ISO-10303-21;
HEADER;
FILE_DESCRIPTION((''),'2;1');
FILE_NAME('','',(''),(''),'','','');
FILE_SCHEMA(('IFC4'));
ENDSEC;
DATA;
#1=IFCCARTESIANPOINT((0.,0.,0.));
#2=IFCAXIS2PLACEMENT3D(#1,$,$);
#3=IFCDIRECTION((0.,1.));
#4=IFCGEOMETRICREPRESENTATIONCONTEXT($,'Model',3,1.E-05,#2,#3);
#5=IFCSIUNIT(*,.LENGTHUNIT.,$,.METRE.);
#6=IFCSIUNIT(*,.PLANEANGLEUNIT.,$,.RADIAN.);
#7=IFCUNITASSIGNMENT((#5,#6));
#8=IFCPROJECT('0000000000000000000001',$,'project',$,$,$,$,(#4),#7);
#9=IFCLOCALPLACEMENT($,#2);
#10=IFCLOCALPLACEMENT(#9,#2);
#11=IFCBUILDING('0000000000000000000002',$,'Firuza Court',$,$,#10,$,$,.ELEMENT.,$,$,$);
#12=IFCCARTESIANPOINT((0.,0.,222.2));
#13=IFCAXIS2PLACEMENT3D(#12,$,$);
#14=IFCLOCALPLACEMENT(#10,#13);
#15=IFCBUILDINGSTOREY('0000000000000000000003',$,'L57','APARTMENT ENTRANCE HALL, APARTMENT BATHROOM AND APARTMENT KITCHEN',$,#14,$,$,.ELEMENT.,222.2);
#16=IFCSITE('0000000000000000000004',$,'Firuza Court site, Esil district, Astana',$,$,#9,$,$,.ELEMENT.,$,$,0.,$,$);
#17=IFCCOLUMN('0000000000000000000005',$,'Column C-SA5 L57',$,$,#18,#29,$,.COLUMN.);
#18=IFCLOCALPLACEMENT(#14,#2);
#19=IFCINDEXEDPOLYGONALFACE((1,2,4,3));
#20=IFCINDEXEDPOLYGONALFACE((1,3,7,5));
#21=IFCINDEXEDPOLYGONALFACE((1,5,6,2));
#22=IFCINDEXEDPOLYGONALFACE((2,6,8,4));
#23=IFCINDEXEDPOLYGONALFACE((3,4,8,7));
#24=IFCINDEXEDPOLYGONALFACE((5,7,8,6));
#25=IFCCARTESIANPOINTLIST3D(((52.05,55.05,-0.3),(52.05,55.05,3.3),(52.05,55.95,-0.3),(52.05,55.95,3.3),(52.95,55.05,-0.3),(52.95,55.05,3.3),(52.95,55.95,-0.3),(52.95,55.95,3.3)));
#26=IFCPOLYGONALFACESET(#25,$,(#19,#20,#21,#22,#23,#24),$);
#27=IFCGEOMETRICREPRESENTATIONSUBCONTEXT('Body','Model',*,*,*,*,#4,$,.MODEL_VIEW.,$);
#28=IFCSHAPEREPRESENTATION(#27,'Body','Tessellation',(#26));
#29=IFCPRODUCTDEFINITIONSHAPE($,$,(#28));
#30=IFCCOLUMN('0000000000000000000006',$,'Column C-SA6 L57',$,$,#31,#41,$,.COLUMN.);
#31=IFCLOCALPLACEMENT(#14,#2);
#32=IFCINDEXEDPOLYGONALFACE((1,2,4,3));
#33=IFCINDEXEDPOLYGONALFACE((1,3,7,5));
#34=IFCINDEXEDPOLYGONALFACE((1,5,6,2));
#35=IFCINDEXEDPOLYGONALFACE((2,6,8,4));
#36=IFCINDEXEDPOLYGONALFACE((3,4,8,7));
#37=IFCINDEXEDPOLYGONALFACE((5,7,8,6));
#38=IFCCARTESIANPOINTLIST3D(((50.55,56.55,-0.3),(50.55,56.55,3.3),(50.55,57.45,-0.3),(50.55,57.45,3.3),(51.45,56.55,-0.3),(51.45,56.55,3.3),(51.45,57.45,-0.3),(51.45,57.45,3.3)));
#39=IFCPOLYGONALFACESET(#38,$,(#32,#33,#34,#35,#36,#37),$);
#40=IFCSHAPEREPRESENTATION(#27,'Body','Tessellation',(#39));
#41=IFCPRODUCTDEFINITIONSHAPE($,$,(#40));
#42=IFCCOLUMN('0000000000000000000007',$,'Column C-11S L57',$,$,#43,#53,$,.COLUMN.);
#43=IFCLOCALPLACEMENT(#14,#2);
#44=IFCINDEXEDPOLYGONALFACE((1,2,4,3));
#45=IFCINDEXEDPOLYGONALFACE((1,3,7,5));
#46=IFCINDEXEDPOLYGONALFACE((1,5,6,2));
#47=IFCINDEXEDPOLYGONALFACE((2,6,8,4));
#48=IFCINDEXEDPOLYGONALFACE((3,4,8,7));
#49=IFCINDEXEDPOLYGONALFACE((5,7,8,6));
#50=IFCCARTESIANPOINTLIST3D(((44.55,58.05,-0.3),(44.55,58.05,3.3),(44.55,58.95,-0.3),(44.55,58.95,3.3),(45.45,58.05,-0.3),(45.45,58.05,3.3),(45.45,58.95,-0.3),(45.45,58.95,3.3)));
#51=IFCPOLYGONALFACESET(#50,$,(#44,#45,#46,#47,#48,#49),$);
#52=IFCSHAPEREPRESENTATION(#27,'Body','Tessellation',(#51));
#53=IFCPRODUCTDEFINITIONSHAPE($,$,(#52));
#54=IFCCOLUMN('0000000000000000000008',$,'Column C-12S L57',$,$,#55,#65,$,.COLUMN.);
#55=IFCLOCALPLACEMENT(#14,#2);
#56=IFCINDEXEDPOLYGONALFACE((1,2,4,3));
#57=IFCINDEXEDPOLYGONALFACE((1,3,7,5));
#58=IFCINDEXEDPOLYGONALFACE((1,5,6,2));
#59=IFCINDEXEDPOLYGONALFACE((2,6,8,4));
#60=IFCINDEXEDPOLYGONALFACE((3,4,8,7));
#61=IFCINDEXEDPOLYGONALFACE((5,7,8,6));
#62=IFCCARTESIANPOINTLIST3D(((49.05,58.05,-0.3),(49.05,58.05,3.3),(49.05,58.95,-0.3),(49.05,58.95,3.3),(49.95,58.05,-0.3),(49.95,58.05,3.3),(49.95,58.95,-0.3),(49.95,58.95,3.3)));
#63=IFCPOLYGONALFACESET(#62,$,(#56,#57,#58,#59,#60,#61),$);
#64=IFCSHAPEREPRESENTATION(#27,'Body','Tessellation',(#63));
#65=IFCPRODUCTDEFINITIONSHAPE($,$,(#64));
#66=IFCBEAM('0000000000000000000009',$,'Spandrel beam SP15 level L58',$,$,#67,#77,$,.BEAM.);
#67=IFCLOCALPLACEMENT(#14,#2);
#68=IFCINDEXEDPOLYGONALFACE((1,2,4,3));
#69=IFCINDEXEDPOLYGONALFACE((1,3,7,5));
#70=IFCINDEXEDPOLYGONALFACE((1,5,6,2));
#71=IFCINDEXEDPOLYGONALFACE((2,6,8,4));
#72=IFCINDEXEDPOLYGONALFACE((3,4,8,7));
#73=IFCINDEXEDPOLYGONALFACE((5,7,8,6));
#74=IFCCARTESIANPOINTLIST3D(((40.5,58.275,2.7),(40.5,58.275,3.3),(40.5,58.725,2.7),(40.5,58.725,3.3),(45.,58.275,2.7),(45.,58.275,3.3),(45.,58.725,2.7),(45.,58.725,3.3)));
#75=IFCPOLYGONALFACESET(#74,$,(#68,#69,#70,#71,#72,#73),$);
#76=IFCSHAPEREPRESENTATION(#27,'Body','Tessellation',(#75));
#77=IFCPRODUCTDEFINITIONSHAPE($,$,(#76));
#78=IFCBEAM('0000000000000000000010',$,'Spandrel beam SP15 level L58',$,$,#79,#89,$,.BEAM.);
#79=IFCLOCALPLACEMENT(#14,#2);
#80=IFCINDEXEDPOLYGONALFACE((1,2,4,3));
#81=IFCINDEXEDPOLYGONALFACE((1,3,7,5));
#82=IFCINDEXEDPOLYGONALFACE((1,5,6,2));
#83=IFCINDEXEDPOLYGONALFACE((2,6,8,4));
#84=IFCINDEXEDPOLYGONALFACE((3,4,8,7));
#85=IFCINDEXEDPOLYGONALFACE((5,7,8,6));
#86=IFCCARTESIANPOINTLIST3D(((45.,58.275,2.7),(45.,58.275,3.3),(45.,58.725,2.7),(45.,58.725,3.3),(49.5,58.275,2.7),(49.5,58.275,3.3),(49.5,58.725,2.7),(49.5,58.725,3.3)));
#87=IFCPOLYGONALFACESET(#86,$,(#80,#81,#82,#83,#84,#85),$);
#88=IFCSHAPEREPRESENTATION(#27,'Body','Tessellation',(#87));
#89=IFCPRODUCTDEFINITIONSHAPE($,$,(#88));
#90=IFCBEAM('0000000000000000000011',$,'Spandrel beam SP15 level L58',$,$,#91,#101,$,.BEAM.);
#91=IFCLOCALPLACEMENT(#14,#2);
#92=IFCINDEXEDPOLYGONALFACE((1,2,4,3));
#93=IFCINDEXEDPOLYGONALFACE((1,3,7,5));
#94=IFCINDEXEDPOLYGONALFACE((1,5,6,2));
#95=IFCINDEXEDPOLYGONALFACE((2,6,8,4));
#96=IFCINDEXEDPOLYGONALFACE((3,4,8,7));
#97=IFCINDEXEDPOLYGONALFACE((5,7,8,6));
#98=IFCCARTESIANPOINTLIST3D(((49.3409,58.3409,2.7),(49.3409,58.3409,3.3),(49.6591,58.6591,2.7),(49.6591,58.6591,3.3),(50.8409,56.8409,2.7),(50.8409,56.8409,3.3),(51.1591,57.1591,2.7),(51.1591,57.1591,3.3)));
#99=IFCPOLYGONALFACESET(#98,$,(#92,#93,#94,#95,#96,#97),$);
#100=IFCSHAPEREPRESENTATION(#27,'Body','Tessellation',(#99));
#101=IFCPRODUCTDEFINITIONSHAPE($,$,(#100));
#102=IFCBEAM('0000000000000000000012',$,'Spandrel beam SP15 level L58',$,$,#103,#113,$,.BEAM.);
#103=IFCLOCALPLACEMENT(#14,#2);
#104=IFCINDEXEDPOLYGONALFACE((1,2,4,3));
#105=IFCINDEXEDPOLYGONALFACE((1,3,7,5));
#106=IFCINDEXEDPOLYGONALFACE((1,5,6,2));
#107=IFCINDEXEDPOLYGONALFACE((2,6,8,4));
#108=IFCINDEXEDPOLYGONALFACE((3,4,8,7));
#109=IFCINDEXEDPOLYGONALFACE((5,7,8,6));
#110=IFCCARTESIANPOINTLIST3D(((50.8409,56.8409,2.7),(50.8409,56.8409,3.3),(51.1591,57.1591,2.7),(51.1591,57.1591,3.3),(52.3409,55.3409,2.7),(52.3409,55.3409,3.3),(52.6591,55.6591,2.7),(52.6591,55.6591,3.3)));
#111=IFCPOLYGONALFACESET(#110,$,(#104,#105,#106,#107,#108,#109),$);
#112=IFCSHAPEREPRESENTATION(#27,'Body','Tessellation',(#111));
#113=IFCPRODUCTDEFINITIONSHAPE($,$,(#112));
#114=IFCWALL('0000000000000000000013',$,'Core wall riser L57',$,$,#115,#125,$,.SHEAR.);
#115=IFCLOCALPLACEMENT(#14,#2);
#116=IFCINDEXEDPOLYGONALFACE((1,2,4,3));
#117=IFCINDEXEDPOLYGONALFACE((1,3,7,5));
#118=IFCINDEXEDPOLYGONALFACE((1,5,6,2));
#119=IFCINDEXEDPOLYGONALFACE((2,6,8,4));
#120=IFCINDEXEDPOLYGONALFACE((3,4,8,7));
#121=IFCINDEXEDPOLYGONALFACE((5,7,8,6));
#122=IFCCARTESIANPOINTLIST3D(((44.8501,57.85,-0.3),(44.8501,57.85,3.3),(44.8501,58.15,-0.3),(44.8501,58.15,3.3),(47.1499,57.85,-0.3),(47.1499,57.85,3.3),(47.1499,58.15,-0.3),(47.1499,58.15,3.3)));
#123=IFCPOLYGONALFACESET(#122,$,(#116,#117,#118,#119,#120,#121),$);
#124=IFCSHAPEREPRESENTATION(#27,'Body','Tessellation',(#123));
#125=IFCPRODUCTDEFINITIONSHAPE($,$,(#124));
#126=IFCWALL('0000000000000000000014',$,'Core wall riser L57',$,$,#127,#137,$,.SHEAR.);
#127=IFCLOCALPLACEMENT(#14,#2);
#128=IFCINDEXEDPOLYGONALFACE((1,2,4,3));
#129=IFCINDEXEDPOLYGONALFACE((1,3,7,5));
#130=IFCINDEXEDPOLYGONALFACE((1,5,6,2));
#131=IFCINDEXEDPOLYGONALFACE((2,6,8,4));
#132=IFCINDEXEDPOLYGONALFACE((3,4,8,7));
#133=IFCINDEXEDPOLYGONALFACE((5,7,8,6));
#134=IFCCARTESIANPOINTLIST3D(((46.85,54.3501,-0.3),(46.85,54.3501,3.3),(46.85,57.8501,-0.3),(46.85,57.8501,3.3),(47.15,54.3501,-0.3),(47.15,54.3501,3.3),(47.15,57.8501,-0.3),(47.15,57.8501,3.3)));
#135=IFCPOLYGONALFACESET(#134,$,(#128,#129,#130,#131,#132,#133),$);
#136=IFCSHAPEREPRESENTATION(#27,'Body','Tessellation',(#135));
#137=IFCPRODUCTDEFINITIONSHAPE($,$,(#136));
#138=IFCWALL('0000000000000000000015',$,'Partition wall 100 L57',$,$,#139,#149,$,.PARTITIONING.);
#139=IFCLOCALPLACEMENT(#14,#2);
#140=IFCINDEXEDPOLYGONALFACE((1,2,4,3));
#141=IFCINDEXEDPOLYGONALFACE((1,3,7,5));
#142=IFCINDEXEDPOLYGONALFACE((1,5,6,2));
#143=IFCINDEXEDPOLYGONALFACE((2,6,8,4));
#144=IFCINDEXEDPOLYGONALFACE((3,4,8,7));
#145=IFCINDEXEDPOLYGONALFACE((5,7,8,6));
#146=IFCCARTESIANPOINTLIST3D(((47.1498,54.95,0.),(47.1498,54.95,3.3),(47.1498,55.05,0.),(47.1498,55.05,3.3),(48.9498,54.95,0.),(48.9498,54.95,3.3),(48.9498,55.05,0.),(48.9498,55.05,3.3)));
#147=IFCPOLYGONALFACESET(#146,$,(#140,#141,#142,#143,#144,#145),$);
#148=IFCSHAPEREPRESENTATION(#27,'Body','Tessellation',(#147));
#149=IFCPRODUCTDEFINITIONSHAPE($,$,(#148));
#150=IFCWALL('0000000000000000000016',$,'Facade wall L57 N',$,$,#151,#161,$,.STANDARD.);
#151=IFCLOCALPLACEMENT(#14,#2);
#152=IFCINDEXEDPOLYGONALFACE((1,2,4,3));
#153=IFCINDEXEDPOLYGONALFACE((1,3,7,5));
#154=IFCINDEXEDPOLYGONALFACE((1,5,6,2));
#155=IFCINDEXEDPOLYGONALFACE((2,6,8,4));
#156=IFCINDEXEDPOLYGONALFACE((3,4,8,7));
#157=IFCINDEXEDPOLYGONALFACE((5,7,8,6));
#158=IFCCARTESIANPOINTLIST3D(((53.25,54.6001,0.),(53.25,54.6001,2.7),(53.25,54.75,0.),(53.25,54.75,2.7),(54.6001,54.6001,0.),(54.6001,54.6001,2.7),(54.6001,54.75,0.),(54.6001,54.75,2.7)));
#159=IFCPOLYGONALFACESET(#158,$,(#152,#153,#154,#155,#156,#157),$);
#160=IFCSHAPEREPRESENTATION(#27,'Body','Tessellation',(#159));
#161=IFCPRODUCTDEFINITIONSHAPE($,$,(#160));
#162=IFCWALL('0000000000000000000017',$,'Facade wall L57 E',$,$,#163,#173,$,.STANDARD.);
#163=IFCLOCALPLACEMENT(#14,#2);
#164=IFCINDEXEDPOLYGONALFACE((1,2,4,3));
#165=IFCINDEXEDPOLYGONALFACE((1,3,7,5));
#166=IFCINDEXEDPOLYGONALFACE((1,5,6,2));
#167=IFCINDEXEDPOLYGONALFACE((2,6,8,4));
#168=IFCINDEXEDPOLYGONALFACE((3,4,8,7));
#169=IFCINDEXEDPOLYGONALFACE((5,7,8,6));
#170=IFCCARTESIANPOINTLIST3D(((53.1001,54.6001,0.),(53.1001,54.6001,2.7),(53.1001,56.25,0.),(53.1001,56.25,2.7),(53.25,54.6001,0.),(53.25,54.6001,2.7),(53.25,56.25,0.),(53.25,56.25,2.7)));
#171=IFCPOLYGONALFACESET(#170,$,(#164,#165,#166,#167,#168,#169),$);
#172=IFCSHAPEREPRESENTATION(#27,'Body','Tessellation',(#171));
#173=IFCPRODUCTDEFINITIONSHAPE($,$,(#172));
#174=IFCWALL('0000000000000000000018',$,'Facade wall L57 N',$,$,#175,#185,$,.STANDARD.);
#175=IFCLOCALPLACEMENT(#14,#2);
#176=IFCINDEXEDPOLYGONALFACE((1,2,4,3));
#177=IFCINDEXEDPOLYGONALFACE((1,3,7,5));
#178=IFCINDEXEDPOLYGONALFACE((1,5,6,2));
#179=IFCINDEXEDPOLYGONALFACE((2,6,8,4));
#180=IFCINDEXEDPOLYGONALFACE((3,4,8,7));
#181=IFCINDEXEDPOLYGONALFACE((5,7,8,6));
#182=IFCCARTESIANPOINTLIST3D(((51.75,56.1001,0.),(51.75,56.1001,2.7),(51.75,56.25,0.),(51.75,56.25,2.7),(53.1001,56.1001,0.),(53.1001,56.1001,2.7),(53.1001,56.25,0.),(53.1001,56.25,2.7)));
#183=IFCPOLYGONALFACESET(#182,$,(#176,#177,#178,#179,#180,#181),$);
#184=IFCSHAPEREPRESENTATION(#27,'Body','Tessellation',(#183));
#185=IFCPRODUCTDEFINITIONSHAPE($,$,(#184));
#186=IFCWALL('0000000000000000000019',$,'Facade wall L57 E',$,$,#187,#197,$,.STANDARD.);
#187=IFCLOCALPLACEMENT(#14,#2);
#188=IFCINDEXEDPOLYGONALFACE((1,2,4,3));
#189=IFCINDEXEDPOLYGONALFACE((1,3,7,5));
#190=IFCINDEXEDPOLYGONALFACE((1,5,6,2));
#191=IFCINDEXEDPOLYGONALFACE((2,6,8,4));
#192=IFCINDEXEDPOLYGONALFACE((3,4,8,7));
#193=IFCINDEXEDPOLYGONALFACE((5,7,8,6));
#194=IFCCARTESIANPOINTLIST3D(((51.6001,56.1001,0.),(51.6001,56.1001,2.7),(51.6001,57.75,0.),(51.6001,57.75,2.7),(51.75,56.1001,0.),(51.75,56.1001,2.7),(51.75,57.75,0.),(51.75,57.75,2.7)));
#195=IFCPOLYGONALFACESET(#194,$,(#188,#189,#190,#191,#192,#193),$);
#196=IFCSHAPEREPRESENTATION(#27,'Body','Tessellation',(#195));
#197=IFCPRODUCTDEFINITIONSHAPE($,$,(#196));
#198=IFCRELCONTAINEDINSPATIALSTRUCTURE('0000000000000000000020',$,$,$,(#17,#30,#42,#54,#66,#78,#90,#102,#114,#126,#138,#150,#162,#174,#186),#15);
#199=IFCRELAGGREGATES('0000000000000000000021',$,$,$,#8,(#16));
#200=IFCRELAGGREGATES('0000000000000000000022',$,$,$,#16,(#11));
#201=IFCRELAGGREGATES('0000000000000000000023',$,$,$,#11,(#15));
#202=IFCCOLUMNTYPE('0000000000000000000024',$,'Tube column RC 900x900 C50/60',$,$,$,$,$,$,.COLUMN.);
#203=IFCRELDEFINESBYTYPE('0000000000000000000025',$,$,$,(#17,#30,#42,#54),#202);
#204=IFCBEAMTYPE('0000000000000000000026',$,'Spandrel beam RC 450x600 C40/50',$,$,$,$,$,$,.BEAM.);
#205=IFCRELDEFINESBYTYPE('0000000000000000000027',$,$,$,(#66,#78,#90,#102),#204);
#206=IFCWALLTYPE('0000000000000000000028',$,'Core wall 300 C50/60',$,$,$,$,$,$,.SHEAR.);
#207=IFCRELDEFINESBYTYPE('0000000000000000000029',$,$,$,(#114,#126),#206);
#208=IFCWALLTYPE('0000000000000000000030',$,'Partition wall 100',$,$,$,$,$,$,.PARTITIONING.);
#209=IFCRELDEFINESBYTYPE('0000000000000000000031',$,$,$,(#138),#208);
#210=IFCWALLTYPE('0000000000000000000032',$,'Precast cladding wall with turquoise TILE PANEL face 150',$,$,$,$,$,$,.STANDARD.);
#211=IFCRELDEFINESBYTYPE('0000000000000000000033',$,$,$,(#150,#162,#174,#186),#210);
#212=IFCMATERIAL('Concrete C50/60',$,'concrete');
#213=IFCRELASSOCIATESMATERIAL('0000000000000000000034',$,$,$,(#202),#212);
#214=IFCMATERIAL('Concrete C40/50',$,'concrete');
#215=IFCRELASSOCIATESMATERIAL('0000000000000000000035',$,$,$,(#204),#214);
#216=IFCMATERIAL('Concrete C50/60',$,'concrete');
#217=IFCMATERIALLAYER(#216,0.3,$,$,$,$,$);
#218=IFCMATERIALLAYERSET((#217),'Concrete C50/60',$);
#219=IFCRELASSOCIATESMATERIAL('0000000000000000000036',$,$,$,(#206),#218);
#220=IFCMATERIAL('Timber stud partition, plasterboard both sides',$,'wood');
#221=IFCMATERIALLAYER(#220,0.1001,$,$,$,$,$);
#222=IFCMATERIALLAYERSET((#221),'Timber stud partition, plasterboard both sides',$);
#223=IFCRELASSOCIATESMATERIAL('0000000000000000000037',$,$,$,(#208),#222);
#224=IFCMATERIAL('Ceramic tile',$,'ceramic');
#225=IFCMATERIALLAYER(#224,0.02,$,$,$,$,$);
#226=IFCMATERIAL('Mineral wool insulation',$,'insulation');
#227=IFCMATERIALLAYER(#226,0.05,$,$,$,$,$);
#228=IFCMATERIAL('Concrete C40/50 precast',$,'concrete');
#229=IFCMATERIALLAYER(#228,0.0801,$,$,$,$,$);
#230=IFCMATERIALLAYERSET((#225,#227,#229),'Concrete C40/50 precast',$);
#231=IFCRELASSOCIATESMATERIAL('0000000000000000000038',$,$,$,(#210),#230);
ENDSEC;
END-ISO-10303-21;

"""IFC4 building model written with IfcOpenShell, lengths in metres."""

from ifc_helpers import new_model, si_unit, direction, frame, frame_2d, origin, origin_2d, place, context, subcontext, project, spatial, rectangle, extrude, material, layer, layer_set, material_profile, profile_set, type_object, element, save


model = new_model("IFC4")

# Units and contexts
model_context = context("Model", 3, precision=1e-05, world=origin(), true_north=direction((0.0, 1.0)))
body_context = subcontext(model_context, "Body", "Model", "MODEL_VIEW")
ifc_project = project(units=[si_unit("LENGTHUNIT", "METRE"), si_unit("PLANEANGLEUNIT", "RADIAN")], contexts=[model_context])

# Site, building, storey
site_placement = place(None, origin())
site = spatial("IfcSite", under=ifc_project, at=site_placement, Name="Firuza Court site, Esil district, Astana", CompositionType="ELEMENT", RefElevation=0.0)
building_placement = place(site_placement, origin())
building = spatial("IfcBuilding", under=site, at=building_placement, Name="Firuza Court", CompositionType="ELEMENT")
storey_placement = place(building_placement, frame((0.0, 0.0, 222.2)))
storey = spatial("IfcBuildingStorey", under=building, at=storey_placement, Name="L57", Description="APARTMENT ENTRANCE HALL, APARTMENT BATHROOM AND APARTMENT KITCHEN", CompositionType="ELEMENT", Elevation=222.2)

# Columns
ifc_material_1 = material(Name="Concrete C50/60", Category="concrete")
ifc_material_profile_1 = material_profile(ifc_material_1, rectangle(XDim=0.8999, YDim=0.8999, at=origin_2d()), Name="RC 900x900")
ifc_profile_set_1 = profile_set([ifc_material_profile_1], Name="Concrete C50/60")
column_type = type_object("IfcColumnType", Name="Tube column RC 900x900 C50/60", PredefinedType="COLUMN", material=ifc_profile_set_1)
for number, where, z_axis, x_axis, name in (
    (1, (52.5, 55.5, -0.3), (0.0, 0.0, 1.0), (1.0, 0.0, 0.0), "Column C-SA5 L57"),
    (2, (51.0, 57.0, -0.3), (0.0, 0.0, 1.0), (1.0, 0.0, 0.0), "Column C-SA6 L57"),
    (3, (45.0, 58.5, -0.3), (0.0, 0.0, 1.0), (1.0, 0.0, 0.0), "Column C-11S L57"),
    (4, (49.5, 58.5, -0.3), (0.0, 0.0, 1.0), (1.0, 0.0, 0.0), "Column C-12S L57"),
):
    element("IfcColumn", number, at=place(storey_placement, frame(where, z_axis=z_axis, x_axis=x_axis)), inside=storey, type_object=column_type, Name=name, PredefinedType="COLUMN", context=body_context, shape_type="SweptSolid", body=[
        extrude(rectangle(XDim=0.8999, YDim=0.8999, at=origin_2d()), origin(), (0.0, 0.0, 1.0), 3.6001),
    ])

# Beams
ifc_material_2 = material(Name="Concrete C40/50", Category="concrete")
ifc_material_profile_2 = material_profile(ifc_material_2, rectangle(XDim=0.45, YDim=0.6001, at=origin_2d()), Name="RC 450x600")
ifc_profile_set_2 = profile_set([ifc_material_profile_2], Name="Concrete C40/50")
beam_type = type_object("IfcBeamType", Name="Spandrel beam RC 450x600 C40/50", PredefinedType="BEAM", material=ifc_profile_set_2)
for number, where, z_axis, x_axis, name in (
    (5, (45.0, 58.5, 3.0), (-1.0, 0.0, 0.0), (0.0, -1.0, 0.0), "Spandrel beam SP15 level L58"),
    (6, (49.5, 58.5, 3.0), (-1.0, 0.0, 0.0), (0.0, -1.0, 0.0), "Spandrel beam SP15 level L58"),
):
    element("IfcBeam", number, at=place(storey_placement, frame(where, z_axis=z_axis, x_axis=x_axis)), inside=storey, type_object=beam_type, Name=name, PredefinedType="BEAM", context=body_context, shape_type="SweptSolid", body=[
        extrude(rectangle(XDim=0.45, YDim=0.6001, at=origin_2d()), origin(), (0.0, 0.0, 1.0), 4.5),
    ])
for number, where, z_axis, x_axis, name in (
    (7, (51.0, 57.0, 3.0), (-0.707107, 0.707107, 0.0), (-0.707107, -0.707107, 0.0), "Spandrel beam SP15 level L58"),
    (8, (52.5, 55.5, 3.0), (-0.707107, 0.707107, 0.0), (-0.707107, -0.707107, 0.0), "Spandrel beam SP15 level L58"),
):
    element("IfcBeam", number, at=place(storey_placement, frame(where, z_axis=z_axis, x_axis=x_axis)), inside=storey, type_object=beam_type, Name=name, PredefinedType="BEAM", context=body_context, shape_type="SweptSolid", body=[
        extrude(rectangle(XDim=0.45, YDim=0.6001, at=origin_2d()), origin(), (0.0, 0.0, 1.0), 2.1213),
    ])

# Walls
ifc_material_3 = material(Name="Concrete C50/60", Category="concrete")
ifc_layer_1 = layer(ifc_material_3, 0.3)
ifc_layer_set_1 = layer_set([ifc_layer_1], Name="Concrete C50/60")
wall_type_1 = type_object("IfcWallType", Name="Core wall 300 C50/60", PredefinedType="SHEAR", material=ifc_layer_set_1)
wall_1_placement = place(storey_placement, frame((44.8501, 58.0, -0.3), z_axis=(0.0, 0.0, 1.0), x_axis=(1.0, 0.0, 0.0)))
element("IfcWall", 9, at=wall_1_placement, inside=storey, type_object=wall_type_1, Name="Core wall riser L57", PredefinedType="SHEAR", context=body_context, shape_type="SweptSolid", body=[
    extrude(rectangle(XDim=2.2998, YDim=0.3, at=frame_2d((1.1499, 0.0))), origin(), (0.0, 0.0, 1.0), 3.6001),
])
wall_2_placement = place(storey_placement, frame((47.0, 54.3501, -0.3), z_axis=(0.0, 0.0, 1.0), x_axis=(0.0, 1.0, 0.0)))
element("IfcWall", 10, at=wall_2_placement, inside=storey, type_object=wall_type_1, Name="Core wall riser L57", PredefinedType="SHEAR", context=body_context, shape_type="SweptSolid", body=[
    extrude(rectangle(XDim=3.5, YDim=0.3, at=frame_2d((1.75, 0.0))), origin(), (0.0, 0.0, 1.0), 3.6001),
])
ifc_material_4 = material(Name="Timber stud partition, plasterboard both sides", Category="wood")
ifc_layer_2 = layer(ifc_material_4, 0.1001)
ifc_layer_set_2 = layer_set([ifc_layer_2], Name="Timber stud partition, plasterboard both sides")
wall_type_2 = type_object("IfcWallType", Name="Partition wall 100", PredefinedType="PARTITIONING", material=ifc_layer_set_2)
wall_3_placement = place(storey_placement, frame((47.1499, 55.0, 0.0), z_axis=(0.0, 0.0, 1.0), x_axis=(1.0, 0.0, 0.0)))
element("IfcWall", 11, at=wall_3_placement, inside=storey, type_object=wall_type_2, Name="Partition wall 100 L57", PredefinedType="PARTITIONING", context=body_context, shape_type="SweptSolid", body=[
    extrude(rectangle(XDim=1.8, YDim=0.1001, at=frame_2d((0.8999, 0.0))), origin(), (0.0, 0.0, 1.0), 3.3),
])
ifc_material_5 = material(Name="Ceramic tile", Category="ceramic")
ifc_layer_3 = layer(ifc_material_5, 0.02)
ifc_material_6 = material(Name="Mineral wool insulation", Category="insulation")
ifc_layer_4 = layer(ifc_material_6, 0.05)
ifc_material_7 = material(Name="Concrete C40/50 precast", Category="concrete")
ifc_layer_5 = layer(ifc_material_7, 0.0801)
ifc_layer_set_3 = layer_set([ifc_layer_3, ifc_layer_4, ifc_layer_5], Name="Concrete C40/50 precast")
wall_type_3 = type_object("IfcWallType", Name="Precast cladding wall with turquoise TILE PANEL face 150", PredefinedType="STANDARD", material=ifc_layer_set_3)
wall_4_placement = place(storey_placement, frame((54.6001, 54.675, 0.0), z_axis=(0.0, 0.0, 1.0), x_axis=(-1.0, 0.0, 0.0)))
element("IfcWall", 12, at=wall_4_placement, inside=storey, type_object=wall_type_3, Name="Facade wall L57 N", PredefinedType="STANDARD", context=body_context, shape_type="SweptSolid", body=[
    extrude(rectangle(XDim=1.3501, YDim=0.1499, at=frame_2d((0.675, 0.0))), origin(), (0.0, 0.0, 1.0), 2.7),
])
wall_5_placement = place(storey_placement, frame((53.175, 54.6001, 0.0), z_axis=(0.0, 0.0, 1.0), x_axis=(0.0, 1.0, 0.0)))
element("IfcWall", 13, at=wall_5_placement, inside=storey, type_object=wall_type_3, Name="Facade wall L57 E", PredefinedType="STANDARD", context=body_context, shape_type="SweptSolid", body=[
    extrude(rectangle(XDim=1.6499, YDim=0.1499, at=frame_2d((0.825, 0.0))), origin(), (0.0, 0.0, 1.0), 2.7),
])
wall_6_placement = place(storey_placement, frame((53.1001, 56.175, 0.0), z_axis=(0.0, 0.0, 1.0), x_axis=(-1.0, 0.0, 0.0)))
element("IfcWall", 14, at=wall_6_placement, inside=storey, type_object=wall_type_3, Name="Facade wall L57 N", PredefinedType="STANDARD", context=body_context, shape_type="SweptSolid", body=[
    extrude(rectangle(XDim=1.3501, YDim=0.1499, at=frame_2d((0.675, 0.0))), origin(), (0.0, 0.0, 1.0), 2.7),
])
wall_7_placement = place(storey_placement, frame((51.675, 56.1001, 0.0), z_axis=(0.0, 0.0, 1.0), x_axis=(0.0, 1.0, 0.0)))
element("IfcWall", 15, at=wall_7_placement, inside=storey, type_object=wall_type_3, Name="Facade wall L57 E", PredefinedType="STANDARD", context=body_context, shape_type="SweptSolid", body=[
    extrude(rectangle(XDim=1.6499, YDim=0.1499, at=frame_2d((0.825, 0.0))), origin(), (0.0, 0.0, 1.0), 2.7),
])

save(model, "model.ifc")
